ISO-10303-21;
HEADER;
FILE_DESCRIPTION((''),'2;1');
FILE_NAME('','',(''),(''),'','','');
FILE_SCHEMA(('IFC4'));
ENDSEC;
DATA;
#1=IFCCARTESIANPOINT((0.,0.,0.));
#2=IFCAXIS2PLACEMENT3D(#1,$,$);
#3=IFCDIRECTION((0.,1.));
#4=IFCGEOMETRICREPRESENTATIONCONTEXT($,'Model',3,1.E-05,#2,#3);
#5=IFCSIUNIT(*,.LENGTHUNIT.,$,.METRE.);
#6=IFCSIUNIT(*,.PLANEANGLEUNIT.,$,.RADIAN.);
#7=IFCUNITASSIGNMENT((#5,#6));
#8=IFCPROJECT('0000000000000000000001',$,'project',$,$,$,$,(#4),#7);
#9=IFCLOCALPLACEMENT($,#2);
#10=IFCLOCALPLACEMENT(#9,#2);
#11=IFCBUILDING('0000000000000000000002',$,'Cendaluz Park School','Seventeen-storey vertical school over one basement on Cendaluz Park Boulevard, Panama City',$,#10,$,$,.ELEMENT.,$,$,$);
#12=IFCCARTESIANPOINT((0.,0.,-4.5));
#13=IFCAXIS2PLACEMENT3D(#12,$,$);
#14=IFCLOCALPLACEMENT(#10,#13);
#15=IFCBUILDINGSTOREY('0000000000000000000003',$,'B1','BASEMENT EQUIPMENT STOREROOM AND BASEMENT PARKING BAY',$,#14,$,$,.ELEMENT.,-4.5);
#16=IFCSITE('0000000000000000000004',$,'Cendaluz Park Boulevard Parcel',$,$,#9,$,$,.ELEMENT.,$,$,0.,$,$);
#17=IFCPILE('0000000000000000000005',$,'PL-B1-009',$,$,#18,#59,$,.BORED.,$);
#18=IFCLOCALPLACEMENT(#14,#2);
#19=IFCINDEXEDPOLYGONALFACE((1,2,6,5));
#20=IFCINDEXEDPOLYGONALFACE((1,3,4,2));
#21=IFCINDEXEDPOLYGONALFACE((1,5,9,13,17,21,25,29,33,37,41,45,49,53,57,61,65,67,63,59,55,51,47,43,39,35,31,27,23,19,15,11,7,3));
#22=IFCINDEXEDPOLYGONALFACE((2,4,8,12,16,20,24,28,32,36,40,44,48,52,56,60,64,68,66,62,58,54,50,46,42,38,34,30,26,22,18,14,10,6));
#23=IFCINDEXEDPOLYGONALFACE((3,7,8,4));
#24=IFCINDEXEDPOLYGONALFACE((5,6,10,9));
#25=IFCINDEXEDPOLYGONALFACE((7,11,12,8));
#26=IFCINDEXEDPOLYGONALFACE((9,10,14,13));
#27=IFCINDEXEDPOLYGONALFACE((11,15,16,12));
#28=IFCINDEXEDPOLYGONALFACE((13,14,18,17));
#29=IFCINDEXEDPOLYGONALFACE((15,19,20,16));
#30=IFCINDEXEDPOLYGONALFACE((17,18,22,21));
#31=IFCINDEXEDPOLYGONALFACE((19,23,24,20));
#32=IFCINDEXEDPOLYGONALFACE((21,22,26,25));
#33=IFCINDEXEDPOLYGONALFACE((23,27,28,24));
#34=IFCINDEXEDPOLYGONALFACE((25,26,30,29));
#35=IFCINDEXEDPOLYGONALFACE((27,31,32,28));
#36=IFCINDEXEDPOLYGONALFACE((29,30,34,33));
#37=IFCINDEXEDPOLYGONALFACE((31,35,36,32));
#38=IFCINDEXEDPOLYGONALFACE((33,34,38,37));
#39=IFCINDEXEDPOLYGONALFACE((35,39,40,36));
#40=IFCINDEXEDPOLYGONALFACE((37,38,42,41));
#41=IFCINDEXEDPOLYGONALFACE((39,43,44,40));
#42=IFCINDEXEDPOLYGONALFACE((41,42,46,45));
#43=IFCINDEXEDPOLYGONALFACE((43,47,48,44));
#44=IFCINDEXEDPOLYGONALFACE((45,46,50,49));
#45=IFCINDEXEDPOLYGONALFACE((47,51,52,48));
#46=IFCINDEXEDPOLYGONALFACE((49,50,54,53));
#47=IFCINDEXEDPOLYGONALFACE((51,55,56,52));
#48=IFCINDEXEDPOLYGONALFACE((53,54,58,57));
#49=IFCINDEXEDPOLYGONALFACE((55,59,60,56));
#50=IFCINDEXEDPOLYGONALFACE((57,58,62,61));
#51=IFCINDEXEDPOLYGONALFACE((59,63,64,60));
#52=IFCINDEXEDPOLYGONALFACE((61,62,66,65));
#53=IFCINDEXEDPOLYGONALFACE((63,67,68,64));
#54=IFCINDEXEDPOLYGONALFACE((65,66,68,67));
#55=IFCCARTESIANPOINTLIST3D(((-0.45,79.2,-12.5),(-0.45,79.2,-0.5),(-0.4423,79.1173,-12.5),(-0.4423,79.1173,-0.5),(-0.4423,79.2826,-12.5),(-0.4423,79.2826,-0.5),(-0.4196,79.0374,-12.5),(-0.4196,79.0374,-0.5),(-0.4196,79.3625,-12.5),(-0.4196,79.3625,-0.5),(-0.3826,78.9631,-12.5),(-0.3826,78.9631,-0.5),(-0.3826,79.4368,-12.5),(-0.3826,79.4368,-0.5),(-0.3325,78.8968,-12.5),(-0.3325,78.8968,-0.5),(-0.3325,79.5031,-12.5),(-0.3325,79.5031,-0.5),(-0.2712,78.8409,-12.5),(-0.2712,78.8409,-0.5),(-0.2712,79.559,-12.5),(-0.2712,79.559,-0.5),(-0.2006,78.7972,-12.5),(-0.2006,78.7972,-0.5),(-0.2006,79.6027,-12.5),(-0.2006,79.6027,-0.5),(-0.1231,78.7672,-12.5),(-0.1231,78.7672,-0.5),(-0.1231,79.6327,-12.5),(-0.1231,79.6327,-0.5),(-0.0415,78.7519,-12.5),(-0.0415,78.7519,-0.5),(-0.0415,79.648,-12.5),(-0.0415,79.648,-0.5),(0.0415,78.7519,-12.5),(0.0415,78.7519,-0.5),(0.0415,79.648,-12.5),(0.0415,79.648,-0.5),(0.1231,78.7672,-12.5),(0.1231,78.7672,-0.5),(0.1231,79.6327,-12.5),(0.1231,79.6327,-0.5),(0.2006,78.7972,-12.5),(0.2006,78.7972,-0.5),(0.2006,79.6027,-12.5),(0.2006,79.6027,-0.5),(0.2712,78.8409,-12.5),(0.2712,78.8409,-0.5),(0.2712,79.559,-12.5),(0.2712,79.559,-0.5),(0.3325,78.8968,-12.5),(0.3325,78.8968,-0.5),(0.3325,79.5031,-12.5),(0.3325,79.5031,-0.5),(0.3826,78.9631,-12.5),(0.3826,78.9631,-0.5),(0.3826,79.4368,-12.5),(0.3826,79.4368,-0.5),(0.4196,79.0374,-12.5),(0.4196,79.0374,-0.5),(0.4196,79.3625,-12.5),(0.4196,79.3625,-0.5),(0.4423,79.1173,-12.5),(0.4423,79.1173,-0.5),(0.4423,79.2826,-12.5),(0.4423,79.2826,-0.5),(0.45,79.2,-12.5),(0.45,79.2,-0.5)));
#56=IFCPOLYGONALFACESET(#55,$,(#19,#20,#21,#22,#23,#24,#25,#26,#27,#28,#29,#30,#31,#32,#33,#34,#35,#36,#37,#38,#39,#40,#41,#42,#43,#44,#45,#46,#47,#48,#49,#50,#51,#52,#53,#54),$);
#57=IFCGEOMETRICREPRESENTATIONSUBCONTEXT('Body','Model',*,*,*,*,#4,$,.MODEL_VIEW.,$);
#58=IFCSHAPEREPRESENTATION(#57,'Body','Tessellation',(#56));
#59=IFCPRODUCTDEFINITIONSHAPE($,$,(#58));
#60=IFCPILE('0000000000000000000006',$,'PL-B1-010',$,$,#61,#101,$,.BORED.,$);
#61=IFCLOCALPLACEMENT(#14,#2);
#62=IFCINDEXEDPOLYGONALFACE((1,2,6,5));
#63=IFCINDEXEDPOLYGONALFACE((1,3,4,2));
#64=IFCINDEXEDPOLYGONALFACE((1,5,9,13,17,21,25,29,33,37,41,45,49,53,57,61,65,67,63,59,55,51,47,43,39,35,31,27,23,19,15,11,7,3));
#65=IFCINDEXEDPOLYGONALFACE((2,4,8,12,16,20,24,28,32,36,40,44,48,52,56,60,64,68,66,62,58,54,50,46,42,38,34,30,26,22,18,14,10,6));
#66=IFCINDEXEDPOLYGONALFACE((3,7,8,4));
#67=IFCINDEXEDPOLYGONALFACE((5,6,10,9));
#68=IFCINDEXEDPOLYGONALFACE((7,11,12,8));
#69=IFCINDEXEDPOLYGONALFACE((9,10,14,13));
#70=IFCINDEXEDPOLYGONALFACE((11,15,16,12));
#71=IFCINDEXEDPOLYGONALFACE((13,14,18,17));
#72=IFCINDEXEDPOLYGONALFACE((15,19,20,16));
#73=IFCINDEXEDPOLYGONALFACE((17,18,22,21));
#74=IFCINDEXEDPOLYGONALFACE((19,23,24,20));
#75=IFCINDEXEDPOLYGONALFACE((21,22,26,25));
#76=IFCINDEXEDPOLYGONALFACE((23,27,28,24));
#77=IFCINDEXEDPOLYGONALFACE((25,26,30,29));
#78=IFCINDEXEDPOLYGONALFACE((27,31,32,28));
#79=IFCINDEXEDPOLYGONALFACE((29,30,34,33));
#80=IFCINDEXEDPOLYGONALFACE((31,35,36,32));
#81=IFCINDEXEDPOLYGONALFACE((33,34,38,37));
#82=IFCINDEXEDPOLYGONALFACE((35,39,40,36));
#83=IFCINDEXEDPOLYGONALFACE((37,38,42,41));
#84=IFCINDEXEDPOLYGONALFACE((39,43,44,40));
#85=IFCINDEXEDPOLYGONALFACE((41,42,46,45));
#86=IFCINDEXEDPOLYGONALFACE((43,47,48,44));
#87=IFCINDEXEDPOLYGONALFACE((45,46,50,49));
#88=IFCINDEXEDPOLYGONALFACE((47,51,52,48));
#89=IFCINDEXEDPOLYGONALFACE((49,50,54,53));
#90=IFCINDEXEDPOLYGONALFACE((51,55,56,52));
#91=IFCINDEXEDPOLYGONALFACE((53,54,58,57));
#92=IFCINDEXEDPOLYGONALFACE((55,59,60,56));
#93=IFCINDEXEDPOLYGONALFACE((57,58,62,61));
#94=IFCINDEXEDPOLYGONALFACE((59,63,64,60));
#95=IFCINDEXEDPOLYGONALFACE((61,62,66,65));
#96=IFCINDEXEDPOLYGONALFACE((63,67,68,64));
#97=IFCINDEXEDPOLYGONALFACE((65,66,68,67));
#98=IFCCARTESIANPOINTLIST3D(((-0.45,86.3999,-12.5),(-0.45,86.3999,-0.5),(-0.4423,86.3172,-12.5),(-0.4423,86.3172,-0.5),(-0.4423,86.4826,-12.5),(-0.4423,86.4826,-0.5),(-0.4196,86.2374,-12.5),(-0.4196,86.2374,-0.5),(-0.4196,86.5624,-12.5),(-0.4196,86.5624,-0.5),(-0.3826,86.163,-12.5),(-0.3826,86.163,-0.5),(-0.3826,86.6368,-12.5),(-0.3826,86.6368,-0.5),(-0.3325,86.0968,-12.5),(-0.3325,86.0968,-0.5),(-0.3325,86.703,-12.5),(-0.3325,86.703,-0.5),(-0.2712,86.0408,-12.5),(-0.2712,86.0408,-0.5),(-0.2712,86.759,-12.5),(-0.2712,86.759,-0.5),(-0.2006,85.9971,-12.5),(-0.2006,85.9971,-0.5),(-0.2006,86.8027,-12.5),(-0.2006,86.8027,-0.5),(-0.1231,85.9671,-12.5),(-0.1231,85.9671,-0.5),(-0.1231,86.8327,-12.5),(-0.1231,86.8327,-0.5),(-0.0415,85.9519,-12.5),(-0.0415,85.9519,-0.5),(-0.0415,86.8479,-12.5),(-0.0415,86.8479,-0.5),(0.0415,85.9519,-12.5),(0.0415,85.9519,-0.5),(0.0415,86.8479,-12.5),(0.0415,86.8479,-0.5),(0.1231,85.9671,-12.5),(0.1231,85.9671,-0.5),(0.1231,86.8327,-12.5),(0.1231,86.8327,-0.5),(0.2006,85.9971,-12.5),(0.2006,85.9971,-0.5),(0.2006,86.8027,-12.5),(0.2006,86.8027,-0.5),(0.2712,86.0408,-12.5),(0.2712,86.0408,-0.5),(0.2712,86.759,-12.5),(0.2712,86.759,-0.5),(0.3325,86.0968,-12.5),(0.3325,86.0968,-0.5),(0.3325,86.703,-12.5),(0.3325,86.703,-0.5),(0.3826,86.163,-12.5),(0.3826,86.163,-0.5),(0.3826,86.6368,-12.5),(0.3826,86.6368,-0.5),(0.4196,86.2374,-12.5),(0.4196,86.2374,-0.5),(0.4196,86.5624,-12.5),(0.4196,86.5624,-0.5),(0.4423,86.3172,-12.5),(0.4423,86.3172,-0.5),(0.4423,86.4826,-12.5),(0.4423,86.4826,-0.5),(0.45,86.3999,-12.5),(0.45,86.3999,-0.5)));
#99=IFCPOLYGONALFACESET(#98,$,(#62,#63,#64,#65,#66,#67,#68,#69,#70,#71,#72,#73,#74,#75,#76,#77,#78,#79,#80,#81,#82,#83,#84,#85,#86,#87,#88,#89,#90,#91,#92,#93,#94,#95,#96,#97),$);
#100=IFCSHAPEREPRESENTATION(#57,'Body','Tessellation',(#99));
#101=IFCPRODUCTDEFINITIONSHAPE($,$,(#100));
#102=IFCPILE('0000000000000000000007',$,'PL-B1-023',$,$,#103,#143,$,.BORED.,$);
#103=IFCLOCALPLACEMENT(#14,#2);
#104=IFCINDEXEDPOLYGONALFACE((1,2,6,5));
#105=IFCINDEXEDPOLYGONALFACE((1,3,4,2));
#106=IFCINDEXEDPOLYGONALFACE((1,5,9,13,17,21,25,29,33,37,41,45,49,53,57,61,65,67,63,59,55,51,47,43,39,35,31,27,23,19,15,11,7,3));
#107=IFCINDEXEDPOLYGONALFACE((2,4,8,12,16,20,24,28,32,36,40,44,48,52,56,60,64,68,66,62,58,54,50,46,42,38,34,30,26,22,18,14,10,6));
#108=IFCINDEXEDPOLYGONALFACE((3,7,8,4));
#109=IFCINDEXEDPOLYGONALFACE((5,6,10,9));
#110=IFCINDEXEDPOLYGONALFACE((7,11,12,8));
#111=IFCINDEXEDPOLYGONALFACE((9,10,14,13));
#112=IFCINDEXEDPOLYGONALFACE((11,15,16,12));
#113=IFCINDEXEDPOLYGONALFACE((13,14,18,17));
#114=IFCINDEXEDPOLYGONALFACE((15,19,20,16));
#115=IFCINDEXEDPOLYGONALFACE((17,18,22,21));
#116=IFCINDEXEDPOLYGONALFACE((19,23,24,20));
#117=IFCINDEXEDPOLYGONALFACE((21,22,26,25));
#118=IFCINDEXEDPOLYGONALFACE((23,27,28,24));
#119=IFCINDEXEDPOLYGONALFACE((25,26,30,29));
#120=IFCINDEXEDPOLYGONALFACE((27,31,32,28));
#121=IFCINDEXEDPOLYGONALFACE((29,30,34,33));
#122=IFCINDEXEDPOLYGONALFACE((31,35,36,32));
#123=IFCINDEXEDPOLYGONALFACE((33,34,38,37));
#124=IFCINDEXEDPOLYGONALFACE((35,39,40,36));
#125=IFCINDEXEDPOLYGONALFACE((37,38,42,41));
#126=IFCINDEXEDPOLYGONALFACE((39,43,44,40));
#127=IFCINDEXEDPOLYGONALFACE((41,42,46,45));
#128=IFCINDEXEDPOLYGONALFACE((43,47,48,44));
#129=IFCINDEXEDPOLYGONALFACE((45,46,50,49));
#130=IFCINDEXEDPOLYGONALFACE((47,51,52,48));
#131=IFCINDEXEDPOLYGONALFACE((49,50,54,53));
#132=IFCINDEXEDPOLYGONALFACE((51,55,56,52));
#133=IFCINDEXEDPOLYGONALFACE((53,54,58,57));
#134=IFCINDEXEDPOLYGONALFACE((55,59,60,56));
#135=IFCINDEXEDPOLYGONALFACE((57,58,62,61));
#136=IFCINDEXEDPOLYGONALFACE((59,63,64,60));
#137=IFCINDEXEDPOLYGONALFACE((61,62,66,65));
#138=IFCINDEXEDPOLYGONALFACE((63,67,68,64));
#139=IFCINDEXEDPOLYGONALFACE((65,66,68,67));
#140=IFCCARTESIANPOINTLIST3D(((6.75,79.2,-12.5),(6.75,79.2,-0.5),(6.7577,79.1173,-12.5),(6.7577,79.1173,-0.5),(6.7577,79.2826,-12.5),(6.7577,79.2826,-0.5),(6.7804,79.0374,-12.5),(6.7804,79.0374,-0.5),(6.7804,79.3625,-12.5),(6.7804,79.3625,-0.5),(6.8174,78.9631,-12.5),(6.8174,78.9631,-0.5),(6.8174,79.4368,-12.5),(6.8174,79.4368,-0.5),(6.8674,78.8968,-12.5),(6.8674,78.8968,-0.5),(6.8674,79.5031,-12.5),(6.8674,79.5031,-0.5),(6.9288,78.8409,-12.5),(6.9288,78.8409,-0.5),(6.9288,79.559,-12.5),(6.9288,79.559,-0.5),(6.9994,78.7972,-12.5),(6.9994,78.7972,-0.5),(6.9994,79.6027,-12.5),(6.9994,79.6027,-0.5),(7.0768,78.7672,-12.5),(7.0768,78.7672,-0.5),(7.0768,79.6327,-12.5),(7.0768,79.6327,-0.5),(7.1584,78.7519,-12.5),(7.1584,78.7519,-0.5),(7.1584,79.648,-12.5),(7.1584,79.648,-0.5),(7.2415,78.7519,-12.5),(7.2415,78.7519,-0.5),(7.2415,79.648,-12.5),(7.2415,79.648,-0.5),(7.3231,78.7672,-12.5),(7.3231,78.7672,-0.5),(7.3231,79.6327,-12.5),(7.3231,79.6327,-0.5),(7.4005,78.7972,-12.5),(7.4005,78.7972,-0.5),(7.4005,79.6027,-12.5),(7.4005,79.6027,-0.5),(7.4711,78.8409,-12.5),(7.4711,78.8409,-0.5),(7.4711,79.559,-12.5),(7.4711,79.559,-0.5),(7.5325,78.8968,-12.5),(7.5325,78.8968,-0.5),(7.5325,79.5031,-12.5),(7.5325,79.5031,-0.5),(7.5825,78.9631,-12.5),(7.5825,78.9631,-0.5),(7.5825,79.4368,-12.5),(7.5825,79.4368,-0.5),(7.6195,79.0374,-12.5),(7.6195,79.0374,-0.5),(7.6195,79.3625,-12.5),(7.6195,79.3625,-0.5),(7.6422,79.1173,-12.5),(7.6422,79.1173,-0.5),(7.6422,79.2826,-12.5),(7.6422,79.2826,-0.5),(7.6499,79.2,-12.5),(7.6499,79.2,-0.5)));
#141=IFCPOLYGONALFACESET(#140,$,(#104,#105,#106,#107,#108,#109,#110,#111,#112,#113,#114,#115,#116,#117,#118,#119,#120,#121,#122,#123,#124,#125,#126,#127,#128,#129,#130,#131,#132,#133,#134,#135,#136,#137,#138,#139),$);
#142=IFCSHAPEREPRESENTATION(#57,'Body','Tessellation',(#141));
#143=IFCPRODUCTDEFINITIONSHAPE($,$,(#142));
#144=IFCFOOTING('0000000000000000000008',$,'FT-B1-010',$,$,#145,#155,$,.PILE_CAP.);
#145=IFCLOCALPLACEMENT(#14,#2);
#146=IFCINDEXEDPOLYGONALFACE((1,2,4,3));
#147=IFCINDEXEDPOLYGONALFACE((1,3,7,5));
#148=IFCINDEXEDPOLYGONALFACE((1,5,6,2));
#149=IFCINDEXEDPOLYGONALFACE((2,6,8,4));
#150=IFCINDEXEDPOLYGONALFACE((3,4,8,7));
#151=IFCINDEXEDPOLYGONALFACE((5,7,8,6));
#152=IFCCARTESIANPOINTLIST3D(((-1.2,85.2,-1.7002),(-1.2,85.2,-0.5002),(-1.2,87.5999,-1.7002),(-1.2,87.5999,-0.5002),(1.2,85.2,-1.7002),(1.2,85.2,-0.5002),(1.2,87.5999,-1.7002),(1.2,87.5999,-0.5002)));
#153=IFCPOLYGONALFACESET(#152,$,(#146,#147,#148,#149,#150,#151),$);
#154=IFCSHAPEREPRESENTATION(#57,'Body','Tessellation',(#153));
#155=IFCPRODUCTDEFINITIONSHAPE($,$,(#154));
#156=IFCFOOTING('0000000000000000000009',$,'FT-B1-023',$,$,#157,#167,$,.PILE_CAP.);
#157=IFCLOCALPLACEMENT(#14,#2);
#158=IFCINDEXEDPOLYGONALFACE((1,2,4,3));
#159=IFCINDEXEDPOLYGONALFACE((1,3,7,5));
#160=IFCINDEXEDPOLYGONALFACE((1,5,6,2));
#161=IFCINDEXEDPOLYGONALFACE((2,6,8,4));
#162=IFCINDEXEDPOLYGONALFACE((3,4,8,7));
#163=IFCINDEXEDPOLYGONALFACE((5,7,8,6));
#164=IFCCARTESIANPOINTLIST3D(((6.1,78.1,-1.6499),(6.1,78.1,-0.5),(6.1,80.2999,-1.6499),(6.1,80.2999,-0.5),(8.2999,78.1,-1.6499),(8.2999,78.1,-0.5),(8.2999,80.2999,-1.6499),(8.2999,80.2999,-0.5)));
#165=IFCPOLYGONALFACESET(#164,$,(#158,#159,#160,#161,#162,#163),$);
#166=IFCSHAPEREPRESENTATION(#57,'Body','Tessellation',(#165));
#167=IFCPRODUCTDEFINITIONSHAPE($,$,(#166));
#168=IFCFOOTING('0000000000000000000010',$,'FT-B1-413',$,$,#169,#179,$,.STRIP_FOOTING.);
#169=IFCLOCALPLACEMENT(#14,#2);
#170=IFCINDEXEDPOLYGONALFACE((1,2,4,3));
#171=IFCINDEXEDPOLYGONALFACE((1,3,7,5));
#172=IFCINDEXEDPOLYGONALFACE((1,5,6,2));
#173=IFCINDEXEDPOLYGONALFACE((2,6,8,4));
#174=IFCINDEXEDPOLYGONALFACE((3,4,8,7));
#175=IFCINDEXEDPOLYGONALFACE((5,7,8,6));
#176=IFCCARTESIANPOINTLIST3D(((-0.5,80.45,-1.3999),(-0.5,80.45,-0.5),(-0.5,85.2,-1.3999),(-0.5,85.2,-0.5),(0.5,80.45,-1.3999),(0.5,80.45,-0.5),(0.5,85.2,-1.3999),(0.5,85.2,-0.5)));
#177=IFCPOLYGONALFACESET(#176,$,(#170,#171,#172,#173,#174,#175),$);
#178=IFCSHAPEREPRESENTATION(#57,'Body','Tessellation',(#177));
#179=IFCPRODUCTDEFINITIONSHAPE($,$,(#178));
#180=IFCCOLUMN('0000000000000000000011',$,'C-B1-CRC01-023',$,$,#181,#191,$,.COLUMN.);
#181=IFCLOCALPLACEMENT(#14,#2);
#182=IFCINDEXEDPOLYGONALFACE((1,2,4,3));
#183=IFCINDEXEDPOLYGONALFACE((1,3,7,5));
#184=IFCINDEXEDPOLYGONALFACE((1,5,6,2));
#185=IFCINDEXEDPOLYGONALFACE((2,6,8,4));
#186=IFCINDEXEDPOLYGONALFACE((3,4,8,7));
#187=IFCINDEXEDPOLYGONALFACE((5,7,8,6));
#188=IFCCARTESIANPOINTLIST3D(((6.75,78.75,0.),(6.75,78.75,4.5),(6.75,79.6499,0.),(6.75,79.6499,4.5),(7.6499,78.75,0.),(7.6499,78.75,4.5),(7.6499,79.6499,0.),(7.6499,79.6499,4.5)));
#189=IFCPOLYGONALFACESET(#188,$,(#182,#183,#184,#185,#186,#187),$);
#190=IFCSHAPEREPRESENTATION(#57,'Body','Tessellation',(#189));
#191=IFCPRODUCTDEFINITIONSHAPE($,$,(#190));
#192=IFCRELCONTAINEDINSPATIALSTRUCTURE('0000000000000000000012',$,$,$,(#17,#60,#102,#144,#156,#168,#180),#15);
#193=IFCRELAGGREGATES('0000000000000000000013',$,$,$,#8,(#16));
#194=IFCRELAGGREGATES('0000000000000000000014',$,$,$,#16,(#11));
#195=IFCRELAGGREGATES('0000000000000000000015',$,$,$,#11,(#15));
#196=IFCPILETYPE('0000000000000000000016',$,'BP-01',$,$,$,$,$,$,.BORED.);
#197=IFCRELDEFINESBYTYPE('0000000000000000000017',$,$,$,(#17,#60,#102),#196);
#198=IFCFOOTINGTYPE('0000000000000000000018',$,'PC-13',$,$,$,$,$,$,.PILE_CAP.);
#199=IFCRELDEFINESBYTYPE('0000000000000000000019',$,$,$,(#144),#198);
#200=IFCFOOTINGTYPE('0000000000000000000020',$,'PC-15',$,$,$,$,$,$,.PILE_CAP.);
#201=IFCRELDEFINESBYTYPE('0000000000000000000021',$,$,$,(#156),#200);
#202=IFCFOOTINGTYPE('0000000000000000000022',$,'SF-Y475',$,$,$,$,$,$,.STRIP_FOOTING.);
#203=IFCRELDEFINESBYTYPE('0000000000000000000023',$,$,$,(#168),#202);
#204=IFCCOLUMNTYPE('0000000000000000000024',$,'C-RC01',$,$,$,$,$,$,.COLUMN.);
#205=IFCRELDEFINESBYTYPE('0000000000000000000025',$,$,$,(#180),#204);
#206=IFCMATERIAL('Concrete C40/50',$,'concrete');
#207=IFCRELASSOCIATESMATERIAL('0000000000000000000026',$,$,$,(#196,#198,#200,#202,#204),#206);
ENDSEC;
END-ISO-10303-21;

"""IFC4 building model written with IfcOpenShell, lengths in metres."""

from ifc_helpers import new_model, si_unit, direction, frame, origin, origin_2d, place, context, subcontext, project, spatial, rectangle, circle, extrude, material, material_profile, profile_set, type_object, element, save


model = new_model("IFC4")

# Units and contexts
model_context = context("Model", 3, precision=1e-05, world=origin(), true_north=direction((0.0, 1.0)))
body_context = subcontext(model_context, "Body", "Model", "MODEL_VIEW")
ifc_project = project(units=[si_unit("LENGTHUNIT", "METRE"), si_unit("PLANEANGLEUNIT", "RADIAN")], contexts=[model_context])

# Site, building, storey
site_placement = place(None, origin())
site = spatial("IfcSite", under=ifc_project, at=site_placement, Name="Cendaluz Park Boulevard Parcel", CompositionType="ELEMENT", RefElevation=0.0)
building_placement = place(site_placement, origin())
building = spatial("IfcBuilding", under=site, at=building_placement, Name="Cendaluz Park School", Description="Seventeen-storey vertical school over one basement on Cendaluz Park Boulevard, Panama City", CompositionType="ELEMENT")
storey_placement = place(building_placement, frame((0.0, 0.0, -4.5)))
storey = spatial("IfcBuildingStorey", under=building, at=storey_placement, Name="B1", Description="BASEMENT EQUIPMENT STOREROOM AND BASEMENT PARKING BAY", CompositionType="ELEMENT", Elevation=-4.5)

# Piles
ifc_material_1 = material(Name="Concrete C40/50", Category="concrete")
ifc_material_profile_1 = material_profile(ifc_material_1, circle(Radius=0.45, at=origin_2d()), Name="BP D900", Category="concrete")
ifc_profile_set_1 = profile_set([ifc_material_profile_1], Name="Concrete C40/50")
pile_type = type_object("IfcPileType", Name="BP-01", PredefinedType="BORED", material=ifc_profile_set_1)
for number, where, z_axis, x_axis, name in (
    (1, (0.0, 79.2, -0.5), (0.0, 0.0, -1.0), (1.0, 0.0, 0.0), "PL-B1-009"),
    (2, (0.0, 86.3999, -0.5), (0.0, 0.0, -1.0), (1.0, 0.0, 0.0), "PL-B1-010"),
    (3, (7.2, 79.2, -0.5), (0.0, 0.0, -1.0), (1.0, 0.0, 0.0), "PL-B1-023"),
):
    element("IfcPile", number, at=place(storey_placement, frame(where, z_axis=z_axis, x_axis=x_axis)), inside=storey, type_object=pile_type, Name=name, PredefinedType="BORED", context=body_context, shape_type="SweptSolid", body=[
        extrude(circle(Radius=0.45, at=origin_2d()), origin(), (0.0, 0.0, 1.0), 12.0),
    ])

# Footings
footing_type_1 = type_object("IfcFootingType", Name="PC-13", PredefinedType="PILE_CAP", material=ifc_material_1)
footing_1_placement = place(storey_placement, frame((0.0, 86.3999, -1.7002), z_axis=(0.0, 0.0, 1.0), x_axis=(1.0, 0.0, 0.0)))
element("IfcFooting", 4, at=footing_1_placement, inside=storey, type_object=footing_type_1, Name="FT-B1-010", PredefinedType="PILE_CAP", context=body_context, shape_type="SweptSolid", body=[
    extrude(rectangle(XDim=2.3999, YDim=2.3999, at=origin_2d()), origin(), (0.0, 0.0, 1.0), 1.2),
])
footing_type_2 = type_object("IfcFootingType", Name="PC-15", PredefinedType="PILE_CAP", material=ifc_material_1)
footing_2_placement = place(storey_placement, frame((7.2, 79.2, -1.6499), z_axis=(0.0, 0.0, 1.0), x_axis=(1.0, 0.0, 0.0)))
element("IfcFooting", 5, at=footing_2_placement, inside=storey, type_object=footing_type_2, Name="FT-B1-023", PredefinedType="PILE_CAP", context=body_context, shape_type="SweptSolid", body=[
    extrude(rectangle(XDim=2.2, YDim=2.2, at=origin_2d()), origin(), (0.0, 0.0, 1.0), 1.1499),
])
footing_type_3 = type_object("IfcFootingType", Name="SF-Y475", PredefinedType="STRIP_FOOTING", material=ifc_material_1)
footing_3_placement = place(storey_placement, frame((0.0, 82.825, -1.3999), z_axis=(0.0, 0.0, 1.0), x_axis=(1.0, 0.0, 0.0)))
element("IfcFooting", 6, at=footing_3_placement, inside=storey, type_object=footing_type_3, Name="FT-B1-413", PredefinedType="STRIP_FOOTING", context=body_context, shape_type="SweptSolid", body=[
    extrude(rectangle(XDim=1.0, YDim=4.75, at=origin_2d()), origin(), (0.0, 0.0, 1.0), 0.8999),
])

# Column
ifc_material_profile_2 = material_profile(ifc_material_1, rectangle(XDim=0.8999, YDim=0.8999, at=origin_2d()), Name="RC 900x900", Category="concrete")
ifc_profile_set_2 = profile_set([ifc_material_profile_2], Name="Concrete C40/50")
column_type_1 = type_object("IfcColumnType", Name="C-RC01", PredefinedType="COLUMN", material=ifc_profile_set_2)
column_placement = place(storey_placement, frame((7.2, 79.2, 0.0), z_axis=(0.0, 0.0, 1.0), x_axis=(1.0, 0.0, 0.0)))
element("IfcColumn", 7, at=column_placement, inside=storey, type_object=column_type_1, Name="C-B1-CRC01-023", PredefinedType="COLUMN", context=body_context, shape_type="SweptSolid", body=[
    extrude(rectangle(XDim=0.8999, YDim=0.8999, at=origin_2d()), origin(), (0.0, 0.0, 1.0), 4.5),
])

save(model, "model.ifc")
